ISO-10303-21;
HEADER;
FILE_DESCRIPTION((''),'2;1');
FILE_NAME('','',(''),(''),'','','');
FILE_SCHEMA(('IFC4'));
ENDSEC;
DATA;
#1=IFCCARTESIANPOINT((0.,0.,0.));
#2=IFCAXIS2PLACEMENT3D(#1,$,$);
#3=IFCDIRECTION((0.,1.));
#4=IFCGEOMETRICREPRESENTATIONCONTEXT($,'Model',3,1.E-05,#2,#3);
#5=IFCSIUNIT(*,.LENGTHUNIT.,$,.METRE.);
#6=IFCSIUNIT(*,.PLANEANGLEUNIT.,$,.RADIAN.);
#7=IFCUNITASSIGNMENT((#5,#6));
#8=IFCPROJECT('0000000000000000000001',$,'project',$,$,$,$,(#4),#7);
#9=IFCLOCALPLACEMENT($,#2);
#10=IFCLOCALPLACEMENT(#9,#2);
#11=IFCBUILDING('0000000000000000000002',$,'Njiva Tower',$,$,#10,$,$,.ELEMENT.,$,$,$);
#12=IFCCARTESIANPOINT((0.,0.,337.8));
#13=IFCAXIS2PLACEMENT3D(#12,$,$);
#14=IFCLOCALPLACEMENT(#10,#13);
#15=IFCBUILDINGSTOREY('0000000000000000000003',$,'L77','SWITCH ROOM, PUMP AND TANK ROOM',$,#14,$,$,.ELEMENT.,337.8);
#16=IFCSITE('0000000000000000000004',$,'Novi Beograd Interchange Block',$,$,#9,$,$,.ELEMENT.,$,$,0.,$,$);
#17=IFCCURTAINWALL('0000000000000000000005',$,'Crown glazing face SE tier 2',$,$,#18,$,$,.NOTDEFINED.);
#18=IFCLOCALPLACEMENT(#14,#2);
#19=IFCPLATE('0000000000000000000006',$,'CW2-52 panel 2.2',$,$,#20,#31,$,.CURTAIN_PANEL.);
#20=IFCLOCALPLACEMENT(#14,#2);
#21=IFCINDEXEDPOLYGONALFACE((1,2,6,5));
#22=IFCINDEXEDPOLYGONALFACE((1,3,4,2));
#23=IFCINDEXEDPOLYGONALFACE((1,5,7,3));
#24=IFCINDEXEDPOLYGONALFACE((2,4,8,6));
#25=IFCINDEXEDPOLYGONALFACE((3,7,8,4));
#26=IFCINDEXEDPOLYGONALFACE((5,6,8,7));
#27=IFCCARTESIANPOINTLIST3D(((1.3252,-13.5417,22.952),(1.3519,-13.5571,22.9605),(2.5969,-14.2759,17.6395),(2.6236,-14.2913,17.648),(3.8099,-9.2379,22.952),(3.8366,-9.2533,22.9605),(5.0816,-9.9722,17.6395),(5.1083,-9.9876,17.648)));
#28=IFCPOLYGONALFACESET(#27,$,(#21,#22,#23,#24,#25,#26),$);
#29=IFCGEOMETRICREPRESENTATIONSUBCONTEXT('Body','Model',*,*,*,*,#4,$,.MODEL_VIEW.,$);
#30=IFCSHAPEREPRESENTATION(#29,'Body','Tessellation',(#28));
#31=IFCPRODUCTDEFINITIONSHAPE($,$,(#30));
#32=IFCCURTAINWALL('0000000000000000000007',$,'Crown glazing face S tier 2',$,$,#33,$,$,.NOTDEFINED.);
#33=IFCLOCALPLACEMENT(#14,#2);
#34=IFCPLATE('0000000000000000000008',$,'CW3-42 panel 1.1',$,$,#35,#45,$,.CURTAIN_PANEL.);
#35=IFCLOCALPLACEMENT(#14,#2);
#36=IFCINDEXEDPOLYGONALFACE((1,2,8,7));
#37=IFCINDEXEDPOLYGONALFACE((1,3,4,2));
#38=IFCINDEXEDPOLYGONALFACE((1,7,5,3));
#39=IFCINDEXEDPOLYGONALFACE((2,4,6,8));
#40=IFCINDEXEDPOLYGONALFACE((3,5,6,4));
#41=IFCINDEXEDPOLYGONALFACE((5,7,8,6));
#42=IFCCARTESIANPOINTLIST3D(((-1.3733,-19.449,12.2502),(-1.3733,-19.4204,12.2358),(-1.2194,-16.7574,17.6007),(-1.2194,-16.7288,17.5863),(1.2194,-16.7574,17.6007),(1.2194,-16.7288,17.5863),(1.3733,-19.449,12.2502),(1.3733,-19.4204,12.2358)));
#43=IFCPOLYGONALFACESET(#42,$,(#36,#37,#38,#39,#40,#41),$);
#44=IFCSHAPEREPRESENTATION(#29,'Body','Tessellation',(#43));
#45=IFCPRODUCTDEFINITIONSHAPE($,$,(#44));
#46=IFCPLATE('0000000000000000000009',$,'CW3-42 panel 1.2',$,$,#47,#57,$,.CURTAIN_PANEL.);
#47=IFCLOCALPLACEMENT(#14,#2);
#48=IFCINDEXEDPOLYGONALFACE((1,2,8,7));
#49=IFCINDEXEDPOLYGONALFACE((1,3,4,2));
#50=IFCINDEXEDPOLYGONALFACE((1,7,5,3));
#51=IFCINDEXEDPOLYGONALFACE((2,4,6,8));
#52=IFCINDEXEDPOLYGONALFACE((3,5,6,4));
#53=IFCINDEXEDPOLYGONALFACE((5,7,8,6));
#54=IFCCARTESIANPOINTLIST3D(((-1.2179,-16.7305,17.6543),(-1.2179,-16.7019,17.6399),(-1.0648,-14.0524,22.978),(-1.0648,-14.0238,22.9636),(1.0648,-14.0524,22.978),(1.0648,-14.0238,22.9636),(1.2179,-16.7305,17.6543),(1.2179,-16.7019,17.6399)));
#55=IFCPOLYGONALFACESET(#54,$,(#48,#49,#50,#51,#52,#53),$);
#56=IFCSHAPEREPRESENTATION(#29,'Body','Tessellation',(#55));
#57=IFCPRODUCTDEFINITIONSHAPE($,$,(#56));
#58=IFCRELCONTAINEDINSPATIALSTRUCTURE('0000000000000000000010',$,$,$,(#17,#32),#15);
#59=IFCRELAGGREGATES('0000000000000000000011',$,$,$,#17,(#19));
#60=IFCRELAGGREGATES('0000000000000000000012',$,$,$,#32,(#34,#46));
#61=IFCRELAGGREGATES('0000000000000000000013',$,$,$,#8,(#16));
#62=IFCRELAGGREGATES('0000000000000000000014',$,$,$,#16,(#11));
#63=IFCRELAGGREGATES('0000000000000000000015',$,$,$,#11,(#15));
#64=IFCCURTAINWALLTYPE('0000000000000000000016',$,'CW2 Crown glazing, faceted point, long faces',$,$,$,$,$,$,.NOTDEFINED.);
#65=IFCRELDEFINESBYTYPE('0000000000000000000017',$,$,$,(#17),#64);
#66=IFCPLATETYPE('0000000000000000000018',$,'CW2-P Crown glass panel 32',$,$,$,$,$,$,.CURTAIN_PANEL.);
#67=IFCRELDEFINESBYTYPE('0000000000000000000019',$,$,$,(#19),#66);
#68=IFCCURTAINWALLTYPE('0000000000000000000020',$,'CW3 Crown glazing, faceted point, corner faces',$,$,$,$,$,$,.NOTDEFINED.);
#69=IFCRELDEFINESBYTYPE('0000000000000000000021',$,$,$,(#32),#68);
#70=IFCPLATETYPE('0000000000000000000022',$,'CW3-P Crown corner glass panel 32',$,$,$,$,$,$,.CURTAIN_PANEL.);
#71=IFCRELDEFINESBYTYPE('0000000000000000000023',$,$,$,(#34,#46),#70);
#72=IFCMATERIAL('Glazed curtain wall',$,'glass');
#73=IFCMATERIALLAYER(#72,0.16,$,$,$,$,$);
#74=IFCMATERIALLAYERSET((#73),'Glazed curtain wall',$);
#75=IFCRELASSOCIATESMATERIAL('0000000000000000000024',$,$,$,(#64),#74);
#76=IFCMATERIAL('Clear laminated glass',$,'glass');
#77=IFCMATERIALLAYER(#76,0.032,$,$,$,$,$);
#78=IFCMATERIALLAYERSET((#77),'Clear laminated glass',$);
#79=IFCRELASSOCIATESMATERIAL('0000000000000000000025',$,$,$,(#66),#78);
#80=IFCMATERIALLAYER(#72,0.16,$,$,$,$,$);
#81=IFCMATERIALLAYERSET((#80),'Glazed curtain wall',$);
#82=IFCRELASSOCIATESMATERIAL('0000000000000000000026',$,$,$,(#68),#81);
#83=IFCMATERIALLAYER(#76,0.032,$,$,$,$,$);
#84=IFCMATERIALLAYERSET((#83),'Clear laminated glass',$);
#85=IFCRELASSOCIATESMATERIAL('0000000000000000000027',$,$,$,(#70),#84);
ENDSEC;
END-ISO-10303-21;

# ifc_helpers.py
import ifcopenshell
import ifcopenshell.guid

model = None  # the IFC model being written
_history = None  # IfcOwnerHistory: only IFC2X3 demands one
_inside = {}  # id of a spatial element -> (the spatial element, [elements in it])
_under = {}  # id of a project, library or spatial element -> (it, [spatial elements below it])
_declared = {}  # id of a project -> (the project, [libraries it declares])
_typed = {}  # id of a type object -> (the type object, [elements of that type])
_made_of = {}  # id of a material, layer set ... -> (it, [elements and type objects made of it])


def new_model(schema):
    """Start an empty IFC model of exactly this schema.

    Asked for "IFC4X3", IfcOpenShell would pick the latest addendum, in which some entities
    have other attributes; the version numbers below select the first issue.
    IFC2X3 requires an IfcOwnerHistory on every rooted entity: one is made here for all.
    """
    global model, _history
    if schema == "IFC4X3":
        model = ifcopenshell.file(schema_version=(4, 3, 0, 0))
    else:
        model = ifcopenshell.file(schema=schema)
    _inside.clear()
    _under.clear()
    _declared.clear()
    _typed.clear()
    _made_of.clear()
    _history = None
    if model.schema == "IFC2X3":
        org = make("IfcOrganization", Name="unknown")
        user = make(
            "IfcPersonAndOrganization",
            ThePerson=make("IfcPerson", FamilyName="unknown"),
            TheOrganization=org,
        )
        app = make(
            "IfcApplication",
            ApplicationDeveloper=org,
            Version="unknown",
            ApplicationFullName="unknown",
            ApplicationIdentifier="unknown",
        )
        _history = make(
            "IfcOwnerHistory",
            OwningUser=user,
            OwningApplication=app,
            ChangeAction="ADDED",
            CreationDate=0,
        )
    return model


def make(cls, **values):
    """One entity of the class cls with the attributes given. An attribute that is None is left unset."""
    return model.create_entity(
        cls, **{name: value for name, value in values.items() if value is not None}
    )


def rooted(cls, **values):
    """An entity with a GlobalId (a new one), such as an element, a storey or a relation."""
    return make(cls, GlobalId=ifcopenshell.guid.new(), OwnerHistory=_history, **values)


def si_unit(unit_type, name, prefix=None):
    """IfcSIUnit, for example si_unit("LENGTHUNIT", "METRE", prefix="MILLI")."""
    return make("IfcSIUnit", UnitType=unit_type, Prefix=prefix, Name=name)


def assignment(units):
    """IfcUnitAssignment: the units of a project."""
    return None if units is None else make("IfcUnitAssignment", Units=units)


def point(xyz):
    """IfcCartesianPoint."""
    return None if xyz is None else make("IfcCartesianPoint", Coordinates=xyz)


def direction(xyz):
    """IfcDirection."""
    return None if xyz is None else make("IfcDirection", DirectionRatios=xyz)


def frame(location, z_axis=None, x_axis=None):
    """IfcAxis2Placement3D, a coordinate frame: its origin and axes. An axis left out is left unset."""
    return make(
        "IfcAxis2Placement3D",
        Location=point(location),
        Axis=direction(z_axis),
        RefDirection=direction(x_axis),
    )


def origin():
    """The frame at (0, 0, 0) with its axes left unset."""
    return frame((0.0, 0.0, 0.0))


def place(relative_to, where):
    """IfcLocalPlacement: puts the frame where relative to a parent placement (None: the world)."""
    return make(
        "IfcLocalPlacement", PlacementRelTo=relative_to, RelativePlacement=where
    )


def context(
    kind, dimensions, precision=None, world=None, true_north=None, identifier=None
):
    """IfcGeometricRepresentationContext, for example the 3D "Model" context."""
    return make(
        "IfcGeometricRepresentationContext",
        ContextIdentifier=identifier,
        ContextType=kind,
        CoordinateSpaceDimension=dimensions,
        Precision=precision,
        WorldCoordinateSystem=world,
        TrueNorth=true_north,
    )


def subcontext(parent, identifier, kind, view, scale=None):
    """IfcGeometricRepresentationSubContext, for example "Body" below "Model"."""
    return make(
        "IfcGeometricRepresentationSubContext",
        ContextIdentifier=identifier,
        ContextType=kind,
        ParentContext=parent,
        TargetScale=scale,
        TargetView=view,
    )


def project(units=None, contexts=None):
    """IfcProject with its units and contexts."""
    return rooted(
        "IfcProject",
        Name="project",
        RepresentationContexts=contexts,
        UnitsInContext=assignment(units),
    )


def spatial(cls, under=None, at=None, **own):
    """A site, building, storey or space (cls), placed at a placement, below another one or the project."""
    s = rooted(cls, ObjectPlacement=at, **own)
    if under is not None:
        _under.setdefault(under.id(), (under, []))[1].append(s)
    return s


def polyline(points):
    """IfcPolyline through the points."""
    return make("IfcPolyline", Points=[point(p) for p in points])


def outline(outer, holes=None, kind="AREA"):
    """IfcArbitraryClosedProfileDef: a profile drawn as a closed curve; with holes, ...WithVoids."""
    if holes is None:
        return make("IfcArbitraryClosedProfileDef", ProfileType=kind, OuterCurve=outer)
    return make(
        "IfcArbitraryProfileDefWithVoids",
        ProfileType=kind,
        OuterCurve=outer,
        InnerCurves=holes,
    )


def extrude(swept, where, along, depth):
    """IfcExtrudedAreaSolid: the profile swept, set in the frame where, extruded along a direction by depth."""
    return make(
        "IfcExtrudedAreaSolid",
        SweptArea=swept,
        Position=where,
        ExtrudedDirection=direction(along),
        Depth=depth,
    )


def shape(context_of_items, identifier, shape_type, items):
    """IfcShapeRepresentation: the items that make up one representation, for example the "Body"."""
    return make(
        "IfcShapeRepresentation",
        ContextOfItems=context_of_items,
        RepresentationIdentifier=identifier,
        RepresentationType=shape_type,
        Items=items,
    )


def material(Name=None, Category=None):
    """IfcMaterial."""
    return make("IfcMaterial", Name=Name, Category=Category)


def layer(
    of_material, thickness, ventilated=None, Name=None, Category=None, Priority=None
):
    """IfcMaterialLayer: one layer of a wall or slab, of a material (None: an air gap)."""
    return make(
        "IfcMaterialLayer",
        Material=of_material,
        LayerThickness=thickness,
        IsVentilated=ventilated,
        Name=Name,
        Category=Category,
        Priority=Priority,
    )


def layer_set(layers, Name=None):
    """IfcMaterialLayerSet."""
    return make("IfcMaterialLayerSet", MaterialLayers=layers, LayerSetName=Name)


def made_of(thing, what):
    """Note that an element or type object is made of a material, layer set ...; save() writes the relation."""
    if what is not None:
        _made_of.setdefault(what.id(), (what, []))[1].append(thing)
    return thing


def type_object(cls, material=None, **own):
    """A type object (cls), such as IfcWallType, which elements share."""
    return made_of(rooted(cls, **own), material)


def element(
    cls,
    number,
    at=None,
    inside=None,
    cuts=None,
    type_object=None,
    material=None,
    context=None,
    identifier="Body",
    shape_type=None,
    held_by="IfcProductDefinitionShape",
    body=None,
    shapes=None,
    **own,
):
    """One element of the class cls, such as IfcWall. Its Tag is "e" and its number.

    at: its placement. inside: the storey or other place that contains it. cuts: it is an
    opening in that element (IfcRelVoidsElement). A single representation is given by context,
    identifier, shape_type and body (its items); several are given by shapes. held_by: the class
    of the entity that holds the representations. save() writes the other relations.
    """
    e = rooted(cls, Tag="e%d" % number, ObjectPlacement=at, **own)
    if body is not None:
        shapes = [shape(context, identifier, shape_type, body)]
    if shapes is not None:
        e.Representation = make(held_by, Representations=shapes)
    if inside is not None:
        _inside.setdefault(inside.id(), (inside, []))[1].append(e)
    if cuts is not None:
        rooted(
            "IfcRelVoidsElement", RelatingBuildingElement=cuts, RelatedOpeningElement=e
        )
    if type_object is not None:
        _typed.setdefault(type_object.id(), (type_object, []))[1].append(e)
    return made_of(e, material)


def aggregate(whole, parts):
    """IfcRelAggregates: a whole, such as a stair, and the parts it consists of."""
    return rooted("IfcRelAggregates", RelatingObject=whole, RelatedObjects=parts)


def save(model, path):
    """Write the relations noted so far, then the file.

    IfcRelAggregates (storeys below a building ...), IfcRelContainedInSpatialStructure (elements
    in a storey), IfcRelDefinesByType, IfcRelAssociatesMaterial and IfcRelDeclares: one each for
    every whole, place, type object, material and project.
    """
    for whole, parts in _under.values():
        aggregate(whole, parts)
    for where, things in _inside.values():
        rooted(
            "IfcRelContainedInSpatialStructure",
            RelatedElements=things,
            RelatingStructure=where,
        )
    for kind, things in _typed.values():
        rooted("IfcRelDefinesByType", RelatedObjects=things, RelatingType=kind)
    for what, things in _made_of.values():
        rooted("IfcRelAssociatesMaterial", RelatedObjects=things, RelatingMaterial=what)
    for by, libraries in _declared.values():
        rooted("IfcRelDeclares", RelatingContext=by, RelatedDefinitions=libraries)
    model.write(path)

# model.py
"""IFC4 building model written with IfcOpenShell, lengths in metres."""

from ifc_helpers import new_model, si_unit, direction, frame, origin, place, context, subcontext, project, spatial, polyline, outline, extrude, material, layer, layer_set, type_object, element, aggregate, save


model = new_model("IFC4")

# Units and contexts
model_context = context("Model", 3, precision=1e-05, world=origin(), true_north=direction((0.0, 1.0)))
body_context = subcontext(model_context, "Body", "Model", "MODEL_VIEW")
ifc_project = project(units=[si_unit("LENGTHUNIT", "METRE"), si_unit("PLANEANGLEUNIT", "RADIAN")], contexts=[model_context])

# Site, building, storey
site_placement = place(None, origin())
site = spatial("IfcSite", under=ifc_project, at=site_placement, Name="Novi Beograd Interchange Block", CompositionType="ELEMENT", RefElevation=0.0)
building_placement = place(site_placement, origin())
building = spatial("IfcBuilding", under=site, at=building_placement, Name="Njiva Tower", CompositionType="ELEMENT")
storey_placement = place(building_placement, frame((0.0, 0.0, 337.8)))
storey = spatial("IfcBuildingStorey", under=building, at=storey_placement, Name="L77", Description="SWITCH ROOM, PUMP AND TANK ROOM", CompositionType="ELEMENT", Elevation=337.8)

# Curtain wall
ifc_material_1 = material(Name="Glazed curtain wall", Category="glass")
ifc_layer_1 = layer(ifc_material_1, 0.16)
ifc_layer_set_1 = layer_set([ifc_layer_1], Name="Glazed curtain wall")
curtain_wall_type_1 = type_object("IfcCurtainWallType", Name="CW2 Crown glazing, faceted point, long faces", PredefinedType="NOTDEFINED", material=ifc_layer_set_1)
curtain_wall_1_placement = place(storey_placement, origin())
curtain_wall_1 = element("IfcCurtainWall", 1, at=curtain_wall_1_placement, inside=storey, type_object=curtain_wall_type_1, Name="Crown glazing face SE tier 2", PredefinedType="NOTDEFINED")

# Plate
ifc_material_2 = material(Name="Clear laminated glass", Category="glass")
ifc_layer_2 = layer(ifc_material_2, 0.032)
ifc_layer_set_2 = layer_set([ifc_layer_2], Name="Clear laminated glass")
plate_type_1 = type_object("IfcPlateType", Name="CW2-P Crown glass panel 32", PredefinedType="CURTAIN_PANEL", material=ifc_layer_set_2)
plate_1_placement = place(storey_placement, frame((5.1083, -9.9876, 17.648), z_axis=(0.83473, -0.481918, 0.266423), x_axis=(-0.230723, 0.133223, 0.963856)))
plate_1 = element("IfcPlate", 2, at=plate_1_placement, type_object=plate_type_1, Name="CW2-52 panel 2.2", PredefinedType="CURTAIN_PANEL", context=body_context, shape_type="SweptSolid", body=[
    extrude(outline(polyline([(0.0, 0.0), (5.5117, 0.0), (5.5116, 4.9696), (-0.0001, 4.9695), (0.0, 0.0)])), origin(), (0.0, 0.0, -1.0), 0.032),
])
aggregate(curtain_wall_1, [plate_1])

# Curtain wall, plates
ifc_layer_3 = layer(ifc_material_1, 0.16)
ifc_layer_set_3 = layer_set([ifc_layer_3], Name="Glazed curtain wall")
curtain_wall_type_2 = type_object("IfcCurtainWallType", Name="CW3 Crown glazing, faceted point, corner faces", PredefinedType="NOTDEFINED", material=ifc_layer_set_3)
curtain_wall_2_placement = place(storey_placement, origin())
curtain_wall_2 = element("IfcCurtainWall", 3, at=curtain_wall_2_placement, inside=storey, type_object=curtain_wall_type_2, Name="Crown glazing face S tier 2", PredefinedType="NOTDEFINED")
ifc_layer_4 = layer(ifc_material_2, 0.032)
ifc_layer_set_4 = layer_set([ifc_layer_4], Name="Clear laminated glass")
plate_type_2 = type_object("IfcPlateType", Name="CW3-P Crown corner glass panel 32", PredefinedType="CURTAIN_PANEL", material=ifc_layer_set_4)
plate_2_placement = place(storey_placement, frame((1.2194, -16.7574, 17.6007), z_axis=(0.0, -0.893333, 0.449396), x_axis=(-1.0, 0.0, 0.0)))
plate_2 = element("IfcPlate", 4, at=plate_2_placement, type_object=plate_type_2, Name="CW3-42 panel 1.1", PredefinedType="CURTAIN_PANEL", context=body_context, shape_type="SweptSolid", body=[
    extrude(outline(polyline([(0.0, 0.0), (2.4388, 0.0), (2.5927, 5.9894), (-0.1539, 5.9894), (0.0, 0.0)])), origin(), (0.0, 0.0, -1.0), 0.032),
])
plate_3_placement = place(storey_placement, frame((1.0648, -14.0524, 22.978), z_axis=(0.0, -0.893334, 0.449394), x_axis=(-1.0, 0.0, 0.0)))
plate_3 = element("IfcPlate", 5, at=plate_3_placement, type_object=plate_type_2, Name="CW3-42 panel 1.2", PredefinedType="CURTAIN_PANEL", context=body_context, shape_type="SweptSolid", body=[
    extrude(outline(polyline([(0.0, 0.0), (2.1296, 0.0), (2.2827, 5.9594), (-0.1531, 5.9594), (0.0, 0.0)])), origin(), (0.0, 0.0, -1.0), 0.032),
])
aggregate(curtain_wall_2, [plate_2, plate_3])

save(model, "model.ifc")
